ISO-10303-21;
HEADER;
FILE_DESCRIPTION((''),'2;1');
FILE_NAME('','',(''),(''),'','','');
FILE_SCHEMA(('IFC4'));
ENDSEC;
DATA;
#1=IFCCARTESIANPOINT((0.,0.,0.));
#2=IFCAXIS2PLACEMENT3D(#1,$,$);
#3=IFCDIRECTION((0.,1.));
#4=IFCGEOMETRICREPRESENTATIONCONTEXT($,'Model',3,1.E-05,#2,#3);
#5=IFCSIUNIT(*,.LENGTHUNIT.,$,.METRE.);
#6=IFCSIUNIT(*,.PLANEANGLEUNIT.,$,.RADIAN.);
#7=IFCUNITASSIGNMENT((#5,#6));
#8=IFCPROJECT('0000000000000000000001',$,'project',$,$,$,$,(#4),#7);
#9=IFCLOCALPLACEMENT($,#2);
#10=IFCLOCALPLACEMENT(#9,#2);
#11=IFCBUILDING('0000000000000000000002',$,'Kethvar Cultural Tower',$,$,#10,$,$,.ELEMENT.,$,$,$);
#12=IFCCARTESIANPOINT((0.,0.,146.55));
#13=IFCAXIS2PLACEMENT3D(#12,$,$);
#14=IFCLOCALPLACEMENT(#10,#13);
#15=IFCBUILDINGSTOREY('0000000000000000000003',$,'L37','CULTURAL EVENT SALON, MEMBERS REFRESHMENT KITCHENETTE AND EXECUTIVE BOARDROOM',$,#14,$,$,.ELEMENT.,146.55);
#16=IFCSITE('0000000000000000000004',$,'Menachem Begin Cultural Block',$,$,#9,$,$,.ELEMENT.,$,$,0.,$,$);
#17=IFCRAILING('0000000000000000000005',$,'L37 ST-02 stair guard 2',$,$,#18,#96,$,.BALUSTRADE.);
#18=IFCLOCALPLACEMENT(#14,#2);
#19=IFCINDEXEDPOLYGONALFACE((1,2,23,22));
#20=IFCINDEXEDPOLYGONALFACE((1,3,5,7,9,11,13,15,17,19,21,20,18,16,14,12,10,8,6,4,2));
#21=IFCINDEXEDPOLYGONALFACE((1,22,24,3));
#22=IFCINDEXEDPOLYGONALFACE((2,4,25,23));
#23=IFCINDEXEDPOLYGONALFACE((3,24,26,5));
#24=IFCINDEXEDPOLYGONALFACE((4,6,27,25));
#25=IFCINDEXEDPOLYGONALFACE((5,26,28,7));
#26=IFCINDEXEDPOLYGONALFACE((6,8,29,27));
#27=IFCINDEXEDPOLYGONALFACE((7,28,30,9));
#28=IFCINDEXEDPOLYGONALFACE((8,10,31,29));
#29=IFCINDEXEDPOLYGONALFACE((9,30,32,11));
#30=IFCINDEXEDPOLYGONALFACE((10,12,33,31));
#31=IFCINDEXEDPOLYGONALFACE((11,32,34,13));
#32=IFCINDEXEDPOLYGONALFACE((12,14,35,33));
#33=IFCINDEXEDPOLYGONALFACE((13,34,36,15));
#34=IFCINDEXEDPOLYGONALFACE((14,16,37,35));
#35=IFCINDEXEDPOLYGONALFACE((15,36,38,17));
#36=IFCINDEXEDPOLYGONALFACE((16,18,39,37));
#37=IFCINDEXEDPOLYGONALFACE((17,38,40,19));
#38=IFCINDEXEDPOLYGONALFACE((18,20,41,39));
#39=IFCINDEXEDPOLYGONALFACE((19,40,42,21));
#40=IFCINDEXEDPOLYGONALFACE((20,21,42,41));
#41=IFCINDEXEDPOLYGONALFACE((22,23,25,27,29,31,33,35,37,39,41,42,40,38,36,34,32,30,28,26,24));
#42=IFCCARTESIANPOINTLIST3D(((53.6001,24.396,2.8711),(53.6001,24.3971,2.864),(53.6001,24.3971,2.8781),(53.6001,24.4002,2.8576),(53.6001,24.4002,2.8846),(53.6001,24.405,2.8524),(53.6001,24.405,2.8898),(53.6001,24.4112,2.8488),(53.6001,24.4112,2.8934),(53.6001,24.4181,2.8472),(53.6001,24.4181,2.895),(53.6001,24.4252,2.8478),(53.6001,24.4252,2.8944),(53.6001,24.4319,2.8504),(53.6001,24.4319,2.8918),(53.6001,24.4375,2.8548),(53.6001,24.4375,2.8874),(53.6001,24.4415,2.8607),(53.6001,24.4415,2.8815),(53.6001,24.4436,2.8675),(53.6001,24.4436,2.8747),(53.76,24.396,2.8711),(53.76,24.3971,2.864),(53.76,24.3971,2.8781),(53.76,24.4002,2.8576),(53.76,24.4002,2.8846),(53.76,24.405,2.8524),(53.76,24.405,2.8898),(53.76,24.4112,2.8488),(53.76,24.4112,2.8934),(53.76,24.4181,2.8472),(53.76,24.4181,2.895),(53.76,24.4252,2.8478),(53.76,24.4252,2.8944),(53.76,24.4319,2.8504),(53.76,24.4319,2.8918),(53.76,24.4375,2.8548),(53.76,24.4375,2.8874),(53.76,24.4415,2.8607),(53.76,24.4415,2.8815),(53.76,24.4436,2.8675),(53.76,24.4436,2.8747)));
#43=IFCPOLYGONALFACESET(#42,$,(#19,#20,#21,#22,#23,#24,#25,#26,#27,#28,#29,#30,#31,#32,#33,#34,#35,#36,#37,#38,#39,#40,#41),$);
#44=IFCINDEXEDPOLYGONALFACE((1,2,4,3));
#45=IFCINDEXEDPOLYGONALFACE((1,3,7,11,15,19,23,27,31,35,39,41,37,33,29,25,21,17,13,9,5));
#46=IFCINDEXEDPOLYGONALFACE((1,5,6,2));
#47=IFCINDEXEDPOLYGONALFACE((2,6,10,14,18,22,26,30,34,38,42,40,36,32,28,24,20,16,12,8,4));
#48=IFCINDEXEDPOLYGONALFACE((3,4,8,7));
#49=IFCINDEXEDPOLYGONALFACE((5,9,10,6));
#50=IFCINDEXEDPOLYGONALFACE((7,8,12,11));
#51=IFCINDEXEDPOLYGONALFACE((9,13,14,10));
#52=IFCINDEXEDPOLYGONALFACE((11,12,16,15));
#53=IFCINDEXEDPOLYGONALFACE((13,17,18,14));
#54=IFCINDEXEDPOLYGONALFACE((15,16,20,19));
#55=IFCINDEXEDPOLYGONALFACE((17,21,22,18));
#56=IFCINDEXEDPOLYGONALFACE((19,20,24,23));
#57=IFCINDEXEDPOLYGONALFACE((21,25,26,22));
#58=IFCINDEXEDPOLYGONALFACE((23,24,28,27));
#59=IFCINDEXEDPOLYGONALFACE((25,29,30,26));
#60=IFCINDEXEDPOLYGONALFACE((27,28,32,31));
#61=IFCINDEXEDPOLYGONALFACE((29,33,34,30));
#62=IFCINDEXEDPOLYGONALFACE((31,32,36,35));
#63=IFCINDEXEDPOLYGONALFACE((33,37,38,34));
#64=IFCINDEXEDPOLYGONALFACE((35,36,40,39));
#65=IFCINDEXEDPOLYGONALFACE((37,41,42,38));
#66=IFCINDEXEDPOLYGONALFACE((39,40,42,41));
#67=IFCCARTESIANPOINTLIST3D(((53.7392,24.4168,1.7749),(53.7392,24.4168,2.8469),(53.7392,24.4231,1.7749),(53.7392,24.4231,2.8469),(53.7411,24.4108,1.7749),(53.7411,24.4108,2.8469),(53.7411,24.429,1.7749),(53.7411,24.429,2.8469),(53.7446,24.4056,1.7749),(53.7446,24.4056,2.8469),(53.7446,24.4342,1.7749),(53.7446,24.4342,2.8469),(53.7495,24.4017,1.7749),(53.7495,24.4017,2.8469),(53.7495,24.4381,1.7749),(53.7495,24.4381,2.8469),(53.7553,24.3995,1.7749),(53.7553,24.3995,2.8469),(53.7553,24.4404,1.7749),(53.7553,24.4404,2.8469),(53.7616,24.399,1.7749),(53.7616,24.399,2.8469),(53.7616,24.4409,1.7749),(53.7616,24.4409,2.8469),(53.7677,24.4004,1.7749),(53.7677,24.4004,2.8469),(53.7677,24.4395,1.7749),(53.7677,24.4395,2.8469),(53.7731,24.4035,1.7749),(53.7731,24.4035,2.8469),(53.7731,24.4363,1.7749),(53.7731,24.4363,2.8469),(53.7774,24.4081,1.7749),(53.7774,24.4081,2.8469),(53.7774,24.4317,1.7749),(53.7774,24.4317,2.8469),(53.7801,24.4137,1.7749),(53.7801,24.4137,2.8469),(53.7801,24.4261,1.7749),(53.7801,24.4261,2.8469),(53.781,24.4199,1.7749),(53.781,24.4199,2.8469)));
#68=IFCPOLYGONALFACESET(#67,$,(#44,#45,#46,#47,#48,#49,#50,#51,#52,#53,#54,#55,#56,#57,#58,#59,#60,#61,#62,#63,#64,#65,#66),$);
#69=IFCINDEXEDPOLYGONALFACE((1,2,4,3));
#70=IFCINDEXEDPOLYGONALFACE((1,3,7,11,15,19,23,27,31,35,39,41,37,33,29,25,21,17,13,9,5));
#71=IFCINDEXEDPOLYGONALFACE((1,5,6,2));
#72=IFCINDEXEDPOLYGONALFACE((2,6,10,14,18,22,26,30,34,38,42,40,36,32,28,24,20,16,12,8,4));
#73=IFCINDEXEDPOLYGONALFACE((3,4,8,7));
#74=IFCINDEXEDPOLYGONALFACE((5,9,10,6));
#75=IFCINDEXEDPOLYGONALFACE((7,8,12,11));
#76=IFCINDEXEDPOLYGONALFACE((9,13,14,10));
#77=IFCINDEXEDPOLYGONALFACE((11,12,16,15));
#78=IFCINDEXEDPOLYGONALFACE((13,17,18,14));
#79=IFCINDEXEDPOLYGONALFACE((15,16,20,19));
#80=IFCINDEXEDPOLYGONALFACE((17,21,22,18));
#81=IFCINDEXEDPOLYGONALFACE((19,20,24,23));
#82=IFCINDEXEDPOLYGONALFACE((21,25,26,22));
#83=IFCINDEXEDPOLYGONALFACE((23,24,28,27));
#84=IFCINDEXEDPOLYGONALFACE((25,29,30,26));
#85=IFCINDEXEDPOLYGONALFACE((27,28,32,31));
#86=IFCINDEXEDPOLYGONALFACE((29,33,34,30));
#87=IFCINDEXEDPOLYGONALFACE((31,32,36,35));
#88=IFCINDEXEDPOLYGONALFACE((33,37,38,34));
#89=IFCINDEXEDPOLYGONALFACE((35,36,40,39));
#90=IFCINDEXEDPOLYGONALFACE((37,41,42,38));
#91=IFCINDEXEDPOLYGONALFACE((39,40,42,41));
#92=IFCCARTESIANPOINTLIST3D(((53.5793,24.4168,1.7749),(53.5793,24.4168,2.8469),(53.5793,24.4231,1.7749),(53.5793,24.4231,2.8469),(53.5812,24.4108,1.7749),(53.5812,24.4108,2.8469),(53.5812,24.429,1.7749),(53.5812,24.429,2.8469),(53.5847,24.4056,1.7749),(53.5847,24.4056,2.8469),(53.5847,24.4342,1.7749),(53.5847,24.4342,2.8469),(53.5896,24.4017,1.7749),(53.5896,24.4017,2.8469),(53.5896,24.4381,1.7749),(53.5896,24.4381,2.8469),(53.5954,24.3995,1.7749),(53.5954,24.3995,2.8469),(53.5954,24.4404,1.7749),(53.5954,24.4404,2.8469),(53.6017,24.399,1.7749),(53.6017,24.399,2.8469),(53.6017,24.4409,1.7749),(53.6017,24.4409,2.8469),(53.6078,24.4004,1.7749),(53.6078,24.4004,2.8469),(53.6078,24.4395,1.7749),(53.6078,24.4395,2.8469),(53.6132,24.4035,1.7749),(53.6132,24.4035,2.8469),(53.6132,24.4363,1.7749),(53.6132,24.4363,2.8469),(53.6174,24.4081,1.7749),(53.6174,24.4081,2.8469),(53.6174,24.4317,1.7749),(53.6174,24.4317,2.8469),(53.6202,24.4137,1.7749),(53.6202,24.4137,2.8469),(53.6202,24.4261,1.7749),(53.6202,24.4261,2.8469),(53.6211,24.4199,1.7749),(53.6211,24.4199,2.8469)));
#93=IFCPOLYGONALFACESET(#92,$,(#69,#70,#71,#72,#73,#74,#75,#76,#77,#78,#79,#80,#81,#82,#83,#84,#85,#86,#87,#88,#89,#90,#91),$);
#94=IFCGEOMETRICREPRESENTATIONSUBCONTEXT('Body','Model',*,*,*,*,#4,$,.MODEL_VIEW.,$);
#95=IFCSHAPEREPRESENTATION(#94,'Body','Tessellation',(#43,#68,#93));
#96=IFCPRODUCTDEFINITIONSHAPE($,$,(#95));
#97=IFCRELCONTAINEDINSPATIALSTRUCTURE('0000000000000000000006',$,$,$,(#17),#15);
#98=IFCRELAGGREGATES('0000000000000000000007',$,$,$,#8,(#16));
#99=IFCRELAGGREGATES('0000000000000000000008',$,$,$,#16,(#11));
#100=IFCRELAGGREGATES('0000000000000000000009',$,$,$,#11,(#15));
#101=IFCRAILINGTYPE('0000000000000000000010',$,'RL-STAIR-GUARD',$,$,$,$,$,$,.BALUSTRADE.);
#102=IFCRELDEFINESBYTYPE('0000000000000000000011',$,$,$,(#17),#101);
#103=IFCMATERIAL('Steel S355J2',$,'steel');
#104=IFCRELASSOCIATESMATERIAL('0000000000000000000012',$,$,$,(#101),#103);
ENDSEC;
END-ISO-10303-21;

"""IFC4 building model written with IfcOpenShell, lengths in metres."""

from ifc_helpers import new_model, si_unit, direction, frame, origin, origin_2d, place, context, subcontext, project, spatial, circle, extrude, material, type_object, element, save


model = new_model("IFC4")

# Units and contexts
model_context = context("Model", 3, precision=1e-05, world=origin(), true_north=direction((0.0, 1.0)))
body_context = subcontext(model_context, "Body", "Model", "MODEL_VIEW")
ifc_project = project(units=[si_unit("LENGTHUNIT", "METRE"), si_unit("PLANEANGLEUNIT", "RADIAN")], contexts=[model_context])

# Site, building, storey
site_placement = place(None, origin())
site = spatial("IfcSite", under=ifc_project, at=site_placement, Name="Menachem Begin Cultural Block", CompositionType="ELEMENT", RefElevation=0.0)
building_placement = place(site_placement, origin())
building = spatial("IfcBuilding", under=site, at=building_placement, Name="Kethvar Cultural Tower", CompositionType="ELEMENT")
storey_placement = place(building_placement, frame((0.0, 0.0, 146.55)))
storey = spatial("IfcBuildingStorey", under=building, at=storey_placement, Name="L37", Description="CULTURAL EVENT SALON, MEMBERS REFRESHMENT KITCHENETTE AND EXECUTIVE BOARDROOM", CompositionType="ELEMENT", Elevation=146.55)

# Shared definitions
ifc_material_1 = material(Name="Steel S355J2", Category="steel")

# Railing
railing_type_1 = type_object("IfcRailingType", Name="RL-STAIR-GUARD", PredefinedType="BALUSTRADE", material=ifc_material_1)
railing_1_placement = place(storey_placement, frame((53.76, 24.4199, 1.7749)))
element("IfcRailing", 1, at=railing_1_placement, inside=storey, type_object=railing_type_1, Name="L37 ST-02 stair guard 2", PredefinedType="BALUSTRADE", context=body_context, shape_type="SweptSolid", body=[
    extrude(circle(Radius=0.0239, at=origin_2d()), frame((0.0, 0.0, 1.0962), z_axis=(-1.0, 0.0, 0.0), x_axis=(0.0, -1.0, 0.0)), (0.0, 0.0, 1.0), 0.1599),
    extrude(circle(Radius=0.021, at=origin_2d()), origin(), (0.0, 0.0, 1.0), 1.072),
    extrude(circle(Radius=0.021, at=origin_2d()), frame((-0.1599, 0.0, 0.0)), (0.0, 0.0, 1.0), 1.072),
])

save(model, "model.ifc")
